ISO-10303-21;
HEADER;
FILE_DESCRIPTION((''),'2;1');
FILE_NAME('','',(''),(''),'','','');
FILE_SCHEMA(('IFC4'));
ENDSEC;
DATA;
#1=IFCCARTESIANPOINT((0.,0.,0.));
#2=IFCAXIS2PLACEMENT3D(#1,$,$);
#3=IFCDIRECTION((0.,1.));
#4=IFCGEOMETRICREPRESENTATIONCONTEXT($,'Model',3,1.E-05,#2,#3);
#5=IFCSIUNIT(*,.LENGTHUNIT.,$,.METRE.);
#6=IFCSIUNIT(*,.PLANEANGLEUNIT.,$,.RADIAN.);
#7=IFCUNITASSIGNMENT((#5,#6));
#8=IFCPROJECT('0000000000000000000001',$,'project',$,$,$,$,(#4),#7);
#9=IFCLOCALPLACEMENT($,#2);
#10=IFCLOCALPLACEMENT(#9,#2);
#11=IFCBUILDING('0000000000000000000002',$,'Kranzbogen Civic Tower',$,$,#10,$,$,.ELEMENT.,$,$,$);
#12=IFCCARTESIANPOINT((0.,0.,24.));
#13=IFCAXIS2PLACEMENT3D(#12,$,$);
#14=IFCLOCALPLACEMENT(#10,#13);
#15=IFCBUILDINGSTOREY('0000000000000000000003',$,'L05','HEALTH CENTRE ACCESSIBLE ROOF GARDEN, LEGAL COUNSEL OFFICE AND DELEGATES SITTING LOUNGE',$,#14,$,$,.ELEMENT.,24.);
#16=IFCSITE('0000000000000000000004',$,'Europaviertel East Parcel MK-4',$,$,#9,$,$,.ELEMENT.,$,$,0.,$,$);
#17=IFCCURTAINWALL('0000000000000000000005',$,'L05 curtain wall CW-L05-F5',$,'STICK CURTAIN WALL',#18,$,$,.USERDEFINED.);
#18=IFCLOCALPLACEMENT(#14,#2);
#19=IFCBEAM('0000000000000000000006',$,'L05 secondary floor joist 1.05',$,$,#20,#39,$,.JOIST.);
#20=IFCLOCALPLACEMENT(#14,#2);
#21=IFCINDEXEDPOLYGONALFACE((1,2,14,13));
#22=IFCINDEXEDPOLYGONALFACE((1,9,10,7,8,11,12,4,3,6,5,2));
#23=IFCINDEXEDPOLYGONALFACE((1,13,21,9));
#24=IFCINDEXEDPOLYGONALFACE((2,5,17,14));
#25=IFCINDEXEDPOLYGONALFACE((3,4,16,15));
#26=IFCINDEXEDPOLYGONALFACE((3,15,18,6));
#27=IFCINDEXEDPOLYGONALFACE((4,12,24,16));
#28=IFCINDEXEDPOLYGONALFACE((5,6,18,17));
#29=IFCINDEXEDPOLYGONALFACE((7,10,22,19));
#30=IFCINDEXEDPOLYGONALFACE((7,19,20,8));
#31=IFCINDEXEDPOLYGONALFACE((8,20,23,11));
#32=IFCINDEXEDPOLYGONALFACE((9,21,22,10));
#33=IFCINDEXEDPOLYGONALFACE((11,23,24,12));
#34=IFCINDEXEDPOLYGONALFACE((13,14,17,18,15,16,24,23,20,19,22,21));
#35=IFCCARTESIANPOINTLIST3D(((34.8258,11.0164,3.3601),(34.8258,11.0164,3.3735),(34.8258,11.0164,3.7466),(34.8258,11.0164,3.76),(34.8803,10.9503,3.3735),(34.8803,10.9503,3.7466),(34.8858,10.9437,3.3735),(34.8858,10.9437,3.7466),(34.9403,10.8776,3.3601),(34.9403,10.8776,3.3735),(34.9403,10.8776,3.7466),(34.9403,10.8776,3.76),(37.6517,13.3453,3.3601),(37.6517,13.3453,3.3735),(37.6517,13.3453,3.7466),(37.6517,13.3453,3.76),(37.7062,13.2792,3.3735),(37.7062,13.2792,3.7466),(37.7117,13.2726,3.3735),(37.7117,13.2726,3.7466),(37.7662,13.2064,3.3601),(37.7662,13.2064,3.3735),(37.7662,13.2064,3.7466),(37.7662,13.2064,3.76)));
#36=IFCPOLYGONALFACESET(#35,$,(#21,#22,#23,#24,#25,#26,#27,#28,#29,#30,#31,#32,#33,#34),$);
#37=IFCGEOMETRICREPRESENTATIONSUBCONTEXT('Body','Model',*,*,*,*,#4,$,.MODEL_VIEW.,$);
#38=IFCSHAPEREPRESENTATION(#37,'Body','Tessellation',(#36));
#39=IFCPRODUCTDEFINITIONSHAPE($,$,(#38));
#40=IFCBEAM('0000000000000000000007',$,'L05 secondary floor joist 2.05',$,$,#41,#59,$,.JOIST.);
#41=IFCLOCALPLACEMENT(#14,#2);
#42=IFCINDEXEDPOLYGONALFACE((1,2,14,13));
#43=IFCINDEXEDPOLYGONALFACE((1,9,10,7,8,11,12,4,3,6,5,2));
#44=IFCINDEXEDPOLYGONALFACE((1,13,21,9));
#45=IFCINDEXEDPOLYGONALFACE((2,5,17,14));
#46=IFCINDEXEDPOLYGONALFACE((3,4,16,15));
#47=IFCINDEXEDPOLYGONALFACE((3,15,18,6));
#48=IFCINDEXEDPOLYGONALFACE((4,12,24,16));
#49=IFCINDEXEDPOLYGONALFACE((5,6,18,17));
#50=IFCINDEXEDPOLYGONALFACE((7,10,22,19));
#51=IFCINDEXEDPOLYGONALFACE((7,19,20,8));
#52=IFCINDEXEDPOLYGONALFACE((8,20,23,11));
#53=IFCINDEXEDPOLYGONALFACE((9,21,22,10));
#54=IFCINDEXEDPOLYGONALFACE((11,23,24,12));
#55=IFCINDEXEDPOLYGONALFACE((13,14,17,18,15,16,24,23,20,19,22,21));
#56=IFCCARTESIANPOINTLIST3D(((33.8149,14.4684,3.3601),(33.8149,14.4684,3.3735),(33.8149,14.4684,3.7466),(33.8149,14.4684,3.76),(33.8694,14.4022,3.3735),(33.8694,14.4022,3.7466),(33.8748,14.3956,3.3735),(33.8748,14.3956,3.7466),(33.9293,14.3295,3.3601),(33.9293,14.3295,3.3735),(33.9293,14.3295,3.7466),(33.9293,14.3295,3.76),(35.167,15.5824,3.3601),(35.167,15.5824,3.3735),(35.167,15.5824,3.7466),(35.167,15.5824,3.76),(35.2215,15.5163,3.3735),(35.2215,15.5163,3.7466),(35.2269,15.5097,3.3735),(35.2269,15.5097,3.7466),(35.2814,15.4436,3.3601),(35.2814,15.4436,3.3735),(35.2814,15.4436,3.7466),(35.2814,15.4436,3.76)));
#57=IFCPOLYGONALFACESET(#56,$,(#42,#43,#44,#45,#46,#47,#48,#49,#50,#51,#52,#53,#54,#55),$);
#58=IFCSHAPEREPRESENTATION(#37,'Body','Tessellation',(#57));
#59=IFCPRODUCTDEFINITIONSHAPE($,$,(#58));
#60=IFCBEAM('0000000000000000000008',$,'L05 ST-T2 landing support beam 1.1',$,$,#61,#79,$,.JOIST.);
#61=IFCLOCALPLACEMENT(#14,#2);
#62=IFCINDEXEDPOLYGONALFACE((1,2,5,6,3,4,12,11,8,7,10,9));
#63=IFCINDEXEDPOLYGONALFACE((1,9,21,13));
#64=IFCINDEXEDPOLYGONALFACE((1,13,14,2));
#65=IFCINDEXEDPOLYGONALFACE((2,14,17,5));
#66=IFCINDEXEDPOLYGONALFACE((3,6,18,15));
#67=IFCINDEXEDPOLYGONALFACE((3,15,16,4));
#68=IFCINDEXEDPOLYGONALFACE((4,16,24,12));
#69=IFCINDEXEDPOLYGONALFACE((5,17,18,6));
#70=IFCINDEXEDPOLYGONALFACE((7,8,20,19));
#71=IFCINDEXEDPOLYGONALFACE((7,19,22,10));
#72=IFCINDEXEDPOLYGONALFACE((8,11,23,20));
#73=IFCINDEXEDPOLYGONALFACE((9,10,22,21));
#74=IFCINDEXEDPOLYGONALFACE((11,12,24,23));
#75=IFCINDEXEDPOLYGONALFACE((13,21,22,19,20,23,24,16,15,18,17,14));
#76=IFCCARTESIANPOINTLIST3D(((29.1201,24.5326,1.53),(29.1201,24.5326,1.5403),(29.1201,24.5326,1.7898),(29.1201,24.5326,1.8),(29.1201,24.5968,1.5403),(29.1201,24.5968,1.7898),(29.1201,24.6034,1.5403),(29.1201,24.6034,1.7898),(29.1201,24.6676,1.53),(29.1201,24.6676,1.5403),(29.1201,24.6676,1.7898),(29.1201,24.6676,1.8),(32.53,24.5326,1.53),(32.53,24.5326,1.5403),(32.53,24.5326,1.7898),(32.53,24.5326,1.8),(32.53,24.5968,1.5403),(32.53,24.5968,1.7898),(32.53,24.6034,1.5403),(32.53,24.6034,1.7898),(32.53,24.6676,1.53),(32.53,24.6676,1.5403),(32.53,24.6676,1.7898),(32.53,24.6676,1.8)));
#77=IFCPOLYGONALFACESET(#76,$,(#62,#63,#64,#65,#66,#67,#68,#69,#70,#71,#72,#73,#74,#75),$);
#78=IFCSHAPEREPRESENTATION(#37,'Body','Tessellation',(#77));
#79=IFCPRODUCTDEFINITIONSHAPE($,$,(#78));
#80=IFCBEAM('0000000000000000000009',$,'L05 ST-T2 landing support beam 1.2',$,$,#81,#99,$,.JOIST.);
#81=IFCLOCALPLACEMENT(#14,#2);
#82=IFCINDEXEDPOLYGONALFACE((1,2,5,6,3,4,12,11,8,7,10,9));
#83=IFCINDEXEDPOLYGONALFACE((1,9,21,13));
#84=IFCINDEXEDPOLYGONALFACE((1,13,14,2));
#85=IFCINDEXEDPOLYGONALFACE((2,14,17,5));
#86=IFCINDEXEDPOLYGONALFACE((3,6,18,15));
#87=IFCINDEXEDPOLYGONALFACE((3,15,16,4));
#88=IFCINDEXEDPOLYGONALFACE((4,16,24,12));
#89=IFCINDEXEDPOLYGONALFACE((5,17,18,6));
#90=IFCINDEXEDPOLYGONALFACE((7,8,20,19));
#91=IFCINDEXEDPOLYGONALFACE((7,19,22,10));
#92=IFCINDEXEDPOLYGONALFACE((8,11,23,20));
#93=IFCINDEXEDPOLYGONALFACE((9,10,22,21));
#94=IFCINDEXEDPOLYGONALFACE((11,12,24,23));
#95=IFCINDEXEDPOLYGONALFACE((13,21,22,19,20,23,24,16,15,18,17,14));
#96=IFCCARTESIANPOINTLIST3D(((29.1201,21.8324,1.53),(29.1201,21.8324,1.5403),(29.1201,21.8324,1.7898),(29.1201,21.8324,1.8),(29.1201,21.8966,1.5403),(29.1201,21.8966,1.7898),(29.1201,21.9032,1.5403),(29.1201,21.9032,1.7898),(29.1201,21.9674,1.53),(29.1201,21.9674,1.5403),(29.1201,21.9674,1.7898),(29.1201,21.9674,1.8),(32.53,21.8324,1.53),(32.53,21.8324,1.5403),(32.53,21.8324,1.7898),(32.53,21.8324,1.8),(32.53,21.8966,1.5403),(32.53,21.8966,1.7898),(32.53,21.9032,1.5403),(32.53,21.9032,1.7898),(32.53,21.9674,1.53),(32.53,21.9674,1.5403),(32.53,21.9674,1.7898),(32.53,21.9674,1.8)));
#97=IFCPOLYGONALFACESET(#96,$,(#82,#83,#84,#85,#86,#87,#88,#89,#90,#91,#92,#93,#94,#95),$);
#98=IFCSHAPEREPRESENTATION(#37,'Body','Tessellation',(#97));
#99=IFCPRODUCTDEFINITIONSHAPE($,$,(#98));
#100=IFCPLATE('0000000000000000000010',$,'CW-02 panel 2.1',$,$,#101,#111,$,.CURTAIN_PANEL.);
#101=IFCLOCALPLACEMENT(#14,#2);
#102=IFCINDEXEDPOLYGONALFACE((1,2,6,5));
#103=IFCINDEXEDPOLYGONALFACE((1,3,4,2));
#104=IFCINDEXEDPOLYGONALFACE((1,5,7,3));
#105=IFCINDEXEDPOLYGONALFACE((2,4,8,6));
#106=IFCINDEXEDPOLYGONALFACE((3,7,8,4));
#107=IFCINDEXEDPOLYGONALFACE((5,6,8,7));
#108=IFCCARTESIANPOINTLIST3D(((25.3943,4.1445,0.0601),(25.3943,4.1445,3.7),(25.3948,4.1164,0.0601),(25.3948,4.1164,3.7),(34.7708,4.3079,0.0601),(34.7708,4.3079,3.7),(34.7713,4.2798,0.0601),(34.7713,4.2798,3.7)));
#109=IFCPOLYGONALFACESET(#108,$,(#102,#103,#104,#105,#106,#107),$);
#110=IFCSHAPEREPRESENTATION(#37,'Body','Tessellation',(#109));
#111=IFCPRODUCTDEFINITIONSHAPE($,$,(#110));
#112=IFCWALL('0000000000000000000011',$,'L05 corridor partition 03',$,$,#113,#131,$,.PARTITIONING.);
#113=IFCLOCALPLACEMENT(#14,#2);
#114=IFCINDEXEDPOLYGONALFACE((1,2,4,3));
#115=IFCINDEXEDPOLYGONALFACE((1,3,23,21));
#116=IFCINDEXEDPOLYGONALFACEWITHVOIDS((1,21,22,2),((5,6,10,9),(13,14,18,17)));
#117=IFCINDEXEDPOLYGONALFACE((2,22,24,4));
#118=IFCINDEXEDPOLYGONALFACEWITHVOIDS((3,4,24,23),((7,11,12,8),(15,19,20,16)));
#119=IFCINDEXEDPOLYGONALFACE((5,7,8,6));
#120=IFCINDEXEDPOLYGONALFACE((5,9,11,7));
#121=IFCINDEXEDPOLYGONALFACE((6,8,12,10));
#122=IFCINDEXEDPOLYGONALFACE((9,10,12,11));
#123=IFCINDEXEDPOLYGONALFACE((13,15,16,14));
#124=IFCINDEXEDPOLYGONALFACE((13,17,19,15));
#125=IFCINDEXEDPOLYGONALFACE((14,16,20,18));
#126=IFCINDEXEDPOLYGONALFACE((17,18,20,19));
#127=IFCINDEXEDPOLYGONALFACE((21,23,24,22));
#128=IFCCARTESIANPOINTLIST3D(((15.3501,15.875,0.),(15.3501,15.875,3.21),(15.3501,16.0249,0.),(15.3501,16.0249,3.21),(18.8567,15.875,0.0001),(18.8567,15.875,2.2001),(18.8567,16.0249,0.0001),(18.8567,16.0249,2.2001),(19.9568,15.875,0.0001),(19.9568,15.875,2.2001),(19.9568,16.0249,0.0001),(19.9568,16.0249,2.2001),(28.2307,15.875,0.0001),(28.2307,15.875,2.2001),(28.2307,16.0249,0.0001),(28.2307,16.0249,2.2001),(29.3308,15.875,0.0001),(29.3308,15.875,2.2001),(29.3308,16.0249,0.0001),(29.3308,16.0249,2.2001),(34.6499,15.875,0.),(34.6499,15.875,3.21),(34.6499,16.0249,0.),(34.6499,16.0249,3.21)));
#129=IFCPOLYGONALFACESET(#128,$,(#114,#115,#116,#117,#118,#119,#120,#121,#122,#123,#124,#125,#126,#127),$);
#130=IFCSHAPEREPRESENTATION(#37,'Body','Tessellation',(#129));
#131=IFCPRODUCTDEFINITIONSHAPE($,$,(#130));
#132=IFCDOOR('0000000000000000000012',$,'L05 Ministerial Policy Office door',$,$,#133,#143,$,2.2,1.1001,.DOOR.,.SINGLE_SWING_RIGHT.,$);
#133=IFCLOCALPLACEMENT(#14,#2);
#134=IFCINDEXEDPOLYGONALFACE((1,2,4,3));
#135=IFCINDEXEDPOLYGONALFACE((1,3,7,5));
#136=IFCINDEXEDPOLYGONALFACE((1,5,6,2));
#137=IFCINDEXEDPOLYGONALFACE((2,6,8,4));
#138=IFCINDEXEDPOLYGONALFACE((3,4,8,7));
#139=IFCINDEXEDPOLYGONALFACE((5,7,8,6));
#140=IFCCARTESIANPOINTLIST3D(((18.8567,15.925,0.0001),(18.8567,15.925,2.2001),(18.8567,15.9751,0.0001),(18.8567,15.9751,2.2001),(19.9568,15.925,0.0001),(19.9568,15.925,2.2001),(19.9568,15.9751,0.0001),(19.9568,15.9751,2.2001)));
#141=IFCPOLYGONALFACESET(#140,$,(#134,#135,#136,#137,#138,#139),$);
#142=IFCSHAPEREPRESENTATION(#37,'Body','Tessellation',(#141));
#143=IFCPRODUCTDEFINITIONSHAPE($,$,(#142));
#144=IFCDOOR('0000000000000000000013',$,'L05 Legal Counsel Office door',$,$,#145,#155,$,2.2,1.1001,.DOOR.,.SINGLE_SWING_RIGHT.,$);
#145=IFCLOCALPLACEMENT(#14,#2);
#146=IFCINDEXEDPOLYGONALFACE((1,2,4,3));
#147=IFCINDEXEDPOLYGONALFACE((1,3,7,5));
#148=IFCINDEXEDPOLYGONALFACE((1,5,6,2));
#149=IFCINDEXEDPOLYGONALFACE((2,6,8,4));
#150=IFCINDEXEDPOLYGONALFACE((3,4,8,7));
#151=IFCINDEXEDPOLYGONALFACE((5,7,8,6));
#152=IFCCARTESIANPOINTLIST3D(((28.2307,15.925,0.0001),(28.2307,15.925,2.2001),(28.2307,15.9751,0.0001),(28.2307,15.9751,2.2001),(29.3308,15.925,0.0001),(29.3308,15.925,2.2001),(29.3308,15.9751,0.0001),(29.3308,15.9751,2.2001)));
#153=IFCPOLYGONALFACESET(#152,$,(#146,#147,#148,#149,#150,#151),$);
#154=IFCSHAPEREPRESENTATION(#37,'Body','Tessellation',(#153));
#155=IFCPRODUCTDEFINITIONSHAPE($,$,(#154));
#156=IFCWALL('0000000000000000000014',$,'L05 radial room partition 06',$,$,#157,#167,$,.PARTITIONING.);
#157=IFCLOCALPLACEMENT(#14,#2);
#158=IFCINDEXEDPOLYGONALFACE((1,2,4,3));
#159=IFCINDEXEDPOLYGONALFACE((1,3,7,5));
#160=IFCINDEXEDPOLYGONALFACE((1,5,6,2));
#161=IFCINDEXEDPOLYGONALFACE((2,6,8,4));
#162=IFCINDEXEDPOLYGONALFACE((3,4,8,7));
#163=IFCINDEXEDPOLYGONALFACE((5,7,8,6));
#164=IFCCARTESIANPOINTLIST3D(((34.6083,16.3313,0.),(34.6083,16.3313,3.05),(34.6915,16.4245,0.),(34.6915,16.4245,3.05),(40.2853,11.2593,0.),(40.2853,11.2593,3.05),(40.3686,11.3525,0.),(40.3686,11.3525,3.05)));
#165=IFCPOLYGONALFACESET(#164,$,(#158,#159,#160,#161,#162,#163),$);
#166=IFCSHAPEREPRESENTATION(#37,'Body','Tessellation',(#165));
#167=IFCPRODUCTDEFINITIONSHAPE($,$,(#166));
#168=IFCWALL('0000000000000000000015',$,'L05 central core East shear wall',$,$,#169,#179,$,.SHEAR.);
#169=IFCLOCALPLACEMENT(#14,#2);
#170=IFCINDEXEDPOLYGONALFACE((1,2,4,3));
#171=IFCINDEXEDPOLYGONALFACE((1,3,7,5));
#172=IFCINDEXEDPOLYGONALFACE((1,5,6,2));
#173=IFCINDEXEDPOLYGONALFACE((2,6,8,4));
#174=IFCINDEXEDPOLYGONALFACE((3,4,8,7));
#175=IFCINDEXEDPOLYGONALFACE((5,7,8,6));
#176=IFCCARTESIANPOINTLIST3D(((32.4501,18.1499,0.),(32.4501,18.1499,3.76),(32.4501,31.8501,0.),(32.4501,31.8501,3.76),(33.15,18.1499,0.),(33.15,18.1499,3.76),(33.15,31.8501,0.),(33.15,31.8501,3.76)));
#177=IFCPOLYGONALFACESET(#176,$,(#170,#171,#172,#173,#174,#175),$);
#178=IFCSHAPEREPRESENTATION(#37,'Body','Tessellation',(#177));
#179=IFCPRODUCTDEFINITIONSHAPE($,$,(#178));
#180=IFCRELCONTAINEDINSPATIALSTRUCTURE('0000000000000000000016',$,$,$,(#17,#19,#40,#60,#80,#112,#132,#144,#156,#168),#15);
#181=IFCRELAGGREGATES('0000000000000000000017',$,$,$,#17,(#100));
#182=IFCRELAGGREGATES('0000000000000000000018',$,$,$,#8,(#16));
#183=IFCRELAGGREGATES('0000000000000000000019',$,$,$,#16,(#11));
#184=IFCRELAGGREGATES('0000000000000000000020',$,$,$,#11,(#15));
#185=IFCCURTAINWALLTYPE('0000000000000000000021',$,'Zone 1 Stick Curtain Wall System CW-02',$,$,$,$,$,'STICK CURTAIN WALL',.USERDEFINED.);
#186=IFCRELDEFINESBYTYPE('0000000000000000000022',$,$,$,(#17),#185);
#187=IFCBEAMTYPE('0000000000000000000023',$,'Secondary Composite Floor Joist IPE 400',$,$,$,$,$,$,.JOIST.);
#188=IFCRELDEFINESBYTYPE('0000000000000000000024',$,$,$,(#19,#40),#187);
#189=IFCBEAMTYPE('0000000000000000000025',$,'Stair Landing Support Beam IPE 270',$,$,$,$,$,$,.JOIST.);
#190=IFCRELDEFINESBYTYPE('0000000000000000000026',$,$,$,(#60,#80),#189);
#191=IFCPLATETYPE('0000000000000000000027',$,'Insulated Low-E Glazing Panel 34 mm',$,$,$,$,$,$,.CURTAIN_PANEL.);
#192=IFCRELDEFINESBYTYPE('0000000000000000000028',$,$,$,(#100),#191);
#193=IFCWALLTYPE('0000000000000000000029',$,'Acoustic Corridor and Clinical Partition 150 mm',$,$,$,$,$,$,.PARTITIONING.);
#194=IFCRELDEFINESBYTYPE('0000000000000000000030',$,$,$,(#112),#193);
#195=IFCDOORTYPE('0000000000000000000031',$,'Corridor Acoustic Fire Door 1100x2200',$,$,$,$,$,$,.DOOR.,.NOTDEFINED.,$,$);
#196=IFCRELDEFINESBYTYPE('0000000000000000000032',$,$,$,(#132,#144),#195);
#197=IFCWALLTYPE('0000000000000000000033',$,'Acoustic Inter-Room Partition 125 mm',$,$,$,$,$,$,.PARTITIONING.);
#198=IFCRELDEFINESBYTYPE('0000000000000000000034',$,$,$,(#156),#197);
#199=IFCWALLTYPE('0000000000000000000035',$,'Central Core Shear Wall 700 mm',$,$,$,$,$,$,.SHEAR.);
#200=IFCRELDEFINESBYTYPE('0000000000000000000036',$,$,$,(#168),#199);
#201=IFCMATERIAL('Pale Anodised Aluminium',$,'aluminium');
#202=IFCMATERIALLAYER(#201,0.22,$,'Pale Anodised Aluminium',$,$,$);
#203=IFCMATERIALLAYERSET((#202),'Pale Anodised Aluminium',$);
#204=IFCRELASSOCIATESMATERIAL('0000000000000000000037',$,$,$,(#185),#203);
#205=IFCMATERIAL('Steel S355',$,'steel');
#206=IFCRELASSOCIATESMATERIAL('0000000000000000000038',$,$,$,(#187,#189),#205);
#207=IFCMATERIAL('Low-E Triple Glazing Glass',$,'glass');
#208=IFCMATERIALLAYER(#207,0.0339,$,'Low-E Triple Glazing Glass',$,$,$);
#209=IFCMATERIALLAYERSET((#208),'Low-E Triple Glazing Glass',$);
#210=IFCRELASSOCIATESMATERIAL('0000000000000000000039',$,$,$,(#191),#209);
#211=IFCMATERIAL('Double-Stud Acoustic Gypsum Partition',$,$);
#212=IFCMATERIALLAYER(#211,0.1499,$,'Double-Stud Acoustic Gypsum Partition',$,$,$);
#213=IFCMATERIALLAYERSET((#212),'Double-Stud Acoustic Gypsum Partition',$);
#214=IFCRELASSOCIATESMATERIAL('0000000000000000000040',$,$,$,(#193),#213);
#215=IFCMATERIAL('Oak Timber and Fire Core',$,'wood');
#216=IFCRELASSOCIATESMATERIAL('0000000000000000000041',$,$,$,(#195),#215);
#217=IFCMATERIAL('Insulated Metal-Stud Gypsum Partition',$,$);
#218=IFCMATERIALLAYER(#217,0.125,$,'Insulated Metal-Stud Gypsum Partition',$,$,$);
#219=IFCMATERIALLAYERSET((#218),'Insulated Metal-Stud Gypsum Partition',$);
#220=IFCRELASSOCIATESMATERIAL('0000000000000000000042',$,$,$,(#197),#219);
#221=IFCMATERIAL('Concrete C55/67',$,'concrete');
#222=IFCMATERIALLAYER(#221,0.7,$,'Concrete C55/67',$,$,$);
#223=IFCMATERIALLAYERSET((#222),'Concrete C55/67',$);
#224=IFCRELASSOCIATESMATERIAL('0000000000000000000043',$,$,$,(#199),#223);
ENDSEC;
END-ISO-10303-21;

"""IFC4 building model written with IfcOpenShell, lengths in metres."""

from ifc_helpers import new_model, si_unit, direction, frame, frame_2d, origin, origin_2d, place, context, subcontext, project, spatial, rectangle, i_section, extrude, material, layer, layer_set, material_profile, profile_set, type_object, element, fill, aggregate, save


model = new_model("IFC4")

# Units and contexts
model_context = context("Model", 3, precision=1e-05, world=origin(), true_north=direction((0.0, 1.0)))
body_context = subcontext(model_context, "Body", "Model", "MODEL_VIEW")
ifc_project = project(units=[si_unit("LENGTHUNIT", "METRE"), si_unit("PLANEANGLEUNIT", "RADIAN")], contexts=[model_context])

# Site, building, storey
site_placement = place(None, origin())
site = spatial("IfcSite", under=ifc_project, at=site_placement, Name="Europaviertel East Parcel MK-4", CompositionType="ELEMENT", RefElevation=0.0)
building_placement = place(site_placement, origin())
building = spatial("IfcBuilding", under=site, at=building_placement, Name="Kranzbogen Civic Tower", CompositionType="ELEMENT")
storey_placement = place(building_placement, frame((0.0, 0.0, 24.0)))
storey = spatial("IfcBuildingStorey", under=building, at=storey_placement, Name="L05", Description="HEALTH CENTRE ACCESSIBLE ROOF GARDEN, LEGAL COUNSEL OFFICE AND DELEGATES SITTING LOUNGE", CompositionType="ELEMENT", Elevation=24.0)

# Curtain wall
ifc_material_1 = material(Name="Pale Anodised Aluminium", Category="aluminium")
ifc_layer_1 = layer(ifc_material_1, 0.22, Name="Pale Anodised Aluminium")
ifc_layer_set_1 = layer_set([ifc_layer_1], Name="Pale Anodised Aluminium")
curtain_wall_type = type_object("IfcCurtainWallType", Name="Zone 1 Stick Curtain Wall System CW-02", ElementType="STICK CURTAIN WALL", PredefinedType="USERDEFINED", material=ifc_layer_set_1)
curtain_wall_placement = place(storey_placement, origin())
curtain_wall = element("IfcCurtainWall", 1, at=curtain_wall_placement, inside=storey, type_object=curtain_wall_type, Name="L05 curtain wall CW-L05-F5", ObjectType="STICK CURTAIN WALL", PredefinedType="USERDEFINED")

# Beams
ifc_material_2 = material(Name="Steel S355", Category="steel")
ifc_material_profile_1 = material_profile(ifc_material_2, i_section(OverallWidth=0.1799, OverallDepth=0.3999, WebThickness=0.0085, FlangeThickness=0.0134, at=origin_2d()), Name="IPE 400")
ifc_profile_set_1 = profile_set([ifc_material_profile_1], Name="Steel S355")
beam_type_1 = type_object("IfcBeamType", Name="Secondary Composite Floor Joist IPE 400", PredefinedType="JOIST", material=ifc_profile_set_1)
beam_1_placement = place(storey_placement, frame((34.8831, 10.947, 3.5601), z_axis=(0.771713, 0.635971, 0.0), x_axis=(-0.635971, 0.771713, 0.0)))
element("IfcBeam", 2, at=beam_1_placement, inside=storey, type_object=beam_type_1, Name="L05 secondary floor joist 1.05", PredefinedType="JOIST", context=body_context, shape_type="SweptSolid", body=[
    extrude(i_section(OverallWidth=0.1799, OverallDepth=0.3999, WebThickness=0.0085, FlangeThickness=0.0134, at=origin_2d()), origin(), (0.0, 0.0, 1.0), 3.6619),
])
beam_2_placement = place(storey_placement, frame((33.8721, 14.3989, 3.5601), z_axis=(0.771773, 0.635898, 0.0), x_axis=(-0.635898, 0.771773, 0.0)))
element("IfcBeam", 3, at=beam_2_placement, inside=storey, type_object=beam_type_1, Name="L05 secondary floor joist 2.05", PredefinedType="JOIST", context=body_context, shape_type="SweptSolid", body=[
    extrude(i_section(OverallWidth=0.1799, OverallDepth=0.3999, WebThickness=0.0085, FlangeThickness=0.0134, at=origin_2d()), origin(), (0.0, 0.0, 1.0), 1.752),
])
ifc_material_profile_2 = material_profile(ifc_material_2, i_section(OverallWidth=0.135, OverallDepth=0.27, WebThickness=0.0066, FlangeThickness=0.0103, at=origin_2d()), Name="IPE 270")
ifc_profile_set_2 = profile_set([ifc_material_profile_2], Name="Steel S355")
beam_type_2 = type_object("IfcBeamType", Name="Stair Landing Support Beam IPE 270", PredefinedType="JOIST", material=ifc_profile_set_2)
for number, where, z_axis, x_axis, name in (
    (4, (29.1201, 24.6001, 1.665), (1.0, 0.0, 0.0), (0.0, 1.0, 0.0), "L05 ST-T2 landing support beam 1.1"),
    (5, (29.1201, 21.8999, 1.665), (1.0, 0.0, 0.0), (0.0, 1.0, 0.0), "L05 ST-T2 landing support beam 1.2"),
):
    element("IfcBeam", number, at=place(storey_placement, frame(where, z_axis=z_axis, x_axis=x_axis)), inside=storey, type_object=beam_type_2, Name=name, PredefinedType="JOIST", context=body_context, shape_type="SweptSolid", body=[
        extrude(i_section(OverallWidth=0.135, OverallDepth=0.27, WebThickness=0.0066, FlangeThickness=0.0103, at=origin_2d()), origin(), (0.0, 0.0, 1.0), 3.4099),
    ])

# Plate
ifc_material_3 = material(Name="Low-E Triple Glazing Glass", Category="glass")
ifc_layer_2 = layer(ifc_material_3, 0.0339, Name="Low-E Triple Glazing Glass")
ifc_layer_set_2 = layer_set([ifc_layer_2], Name="Low-E Triple Glazing Glass")
plate_type = type_object("IfcPlateType", Name="Insulated Low-E Glazing Panel 34 mm", PredefinedType="CURTAIN_PANEL", material=ifc_layer_set_2)
plate_placement = place(storey_placement, frame((30.0828, 4.2122, 0.0601), z_axis=(0.0, 0.0, 1.0), x_axis=(0.999848, 0.017427, 0.0)))
plate = element("IfcPlate", 6, at=plate_placement, type_object=plate_type, Name="CW-02 panel 2.1", PredefinedType="CURTAIN_PANEL", context=body_context, shape_type="SweptSolid", body=[
    extrude(rectangle(XDim=9.3779, YDim=0.0281, at=origin_2d()), origin(), (0.0, 0.0, 1.0), 3.6399),
])
aggregate(curtain_wall, [plate])

# Wall, openings, doors
ifc_material_4 = material(Name="Double-Stud Acoustic Gypsum Partition")
ifc_layer_3 = layer(ifc_material_4, 0.1499, Name="Double-Stud Acoustic Gypsum Partition")
ifc_layer_set_3 = layer_set([ifc_layer_3], Name="Double-Stud Acoustic Gypsum Partition")
wall_type_1 = type_object("IfcWallType", Name="Acoustic Corridor and Clinical Partition 150 mm", PredefinedType="PARTITIONING", material=ifc_layer_set_3)
wall_1_placement = place(storey_placement, frame((34.6499, 15.95, 0.0), z_axis=(0.0, 0.0, 1.0), x_axis=(-1.0, 0.0, 0.0)))
wall_1 = element("IfcWall", 7, at=wall_1_placement, inside=storey, type_object=wall_type_1, Name="L05 corridor partition 03", PredefinedType="PARTITIONING", context=body_context, shape_type="SweptSolid", body=[
    extrude(rectangle(XDim=19.2998, YDim=0.1499, at=frame_2d((9.6499, 0.0))), origin(), (0.0, 0.0, 1.0), 3.21),
])
opening_1_placement = place(wall_1_placement, frame((14.6931, 0.0, 0.0)))
opening_1 = element("IfcOpeningElement", 8, at=opening_1_placement, cuts=wall_1, PredefinedType="OPENING", context=body_context, shape_type="SweptSolid", body=[
    extrude(rectangle(XDim=1.1001, YDim=2.2, at=frame_2d((0.55, 1.1001))), frame((0.0, 0.085, 0.0), z_axis=(0.0, -1.0, 0.0), x_axis=(1.0, 0.0, 0.0)), (0.0, 0.0, 1.0), 0.1699),
])
opening_2_placement = place(wall_1_placement, frame((5.3191, 0.0, 0.0)))
opening_2 = element("IfcOpeningElement", 9, at=opening_2_placement, cuts=wall_1, PredefinedType="OPENING", context=body_context, shape_type="SweptSolid", body=[
    extrude(rectangle(XDim=1.1001, YDim=2.2, at=frame_2d((0.55, 1.1001))), frame((0.0, 0.085, 0.0), z_axis=(0.0, -1.0, 0.0), x_axis=(1.0, 0.0, 0.0)), (0.0, 0.0, 1.0), 0.1699),
])
ifc_material_5 = material(Name="Oak Timber and Fire Core", Category="wood")
door_type_1 = type_object("IfcDoorType", Name="Corridor Acoustic Fire Door 1100x2200", OperationType="NOTDEFINED", PredefinedType="DOOR", material=ifc_material_5)
door_1_placement = place(opening_1_placement, origin())
door_1 = element("IfcDoor", 10, at=door_1_placement, inside=storey, type_object=door_type_1, Name="L05 Ministerial Policy Office door", OperationType="SINGLE_SWING_RIGHT", OverallHeight=2.2, OverallWidth=1.1001, PredefinedType="DOOR", context=body_context, shape_type="SweptSolid", body=[
    extrude(rectangle(XDim=1.1001, YDim=2.2, at=frame_2d((0.55, 1.1001))), frame((0.0, 0.0249, 0.0), z_axis=(0.0, -1.0, 0.0), x_axis=(1.0, 0.0, 0.0)), (0.0, 0.0, 1.0), 0.05),
])
fill(opening_1, door_1)
door_2_placement = place(opening_2_placement, origin())
door_2 = element("IfcDoor", 11, at=door_2_placement, inside=storey, type_object=door_type_1, Name="L05 Legal Counsel Office door", OperationType="SINGLE_SWING_RIGHT", OverallHeight=2.2, OverallWidth=1.1001, PredefinedType="DOOR", context=body_context, shape_type="SweptSolid", body=[
    extrude(rectangle(XDim=1.1001, YDim=2.2, at=frame_2d((0.55, 1.1001))), frame((0.0, 0.0249, 0.0), z_axis=(0.0, -1.0, 0.0), x_axis=(1.0, 0.0, 0.0)), (0.0, 0.0, 1.0), 0.05),
])
fill(opening_2, door_2)

# Walls
ifc_material_6 = material(Name="Insulated Metal-Stud Gypsum Partition")
ifc_layer_4 = layer(ifc_material_6, 0.125, Name="Insulated Metal-Stud Gypsum Partition")
ifc_layer_set_4 = layer_set([ifc_layer_4], Name="Insulated Metal-Stud Gypsum Partition")
wall_type_2 = type_object("IfcWallType", Name="Acoustic Inter-Room Partition 125 mm", PredefinedType="PARTITIONING", material=ifc_layer_set_4)
wall_2_placement = place(storey_placement, frame((34.6499, 16.3779, 0.0), z_axis=(0.0, 0.0, 1.0), x_axis=(0.745724, -0.666255, 0.0)))
element("IfcWall", 12, at=wall_2_placement, inside=storey, type_object=wall_type_2, Name="L05 radial room partition 06", PredefinedType="PARTITIONING", context=body_context, shape_type="SweptSolid", body=[
    extrude(rectangle(XDim=7.6128, YDim=0.125, at=frame_2d((3.8064, 0.0))), origin(), (0.0, 0.0, 1.0), 3.05),
])
ifc_material_7 = material(Name="Concrete C55/67", Category="concrete")
ifc_layer_5 = layer(ifc_material_7, 0.7, Name="Concrete C55/67")
ifc_layer_set_5 = layer_set([ifc_layer_5], Name="Concrete C55/67")
wall_type_3 = type_object("IfcWallType", Name="Central Core Shear Wall 700 mm", PredefinedType="SHEAR", material=ifc_layer_set_5)
wall_3_placement = place(storey_placement, frame((32.8, 18.1499, 0.0), z_axis=(0.0, 0.0, 1.0), x_axis=(0.0, 1.0, 0.0)))
element("IfcWall", 13, at=wall_3_placement, inside=storey, type_object=wall_type_3, Name="L05 central core East shear wall", PredefinedType="SHEAR", context=body_context, shape_type="SweptSolid", body=[
    extrude(rectangle(XDim=13.7002, YDim=0.7, at=frame_2d((6.8501, 0.0))), origin(), (0.0, 0.0, 1.0), 3.76),
])

save(model, "model.ifc")
